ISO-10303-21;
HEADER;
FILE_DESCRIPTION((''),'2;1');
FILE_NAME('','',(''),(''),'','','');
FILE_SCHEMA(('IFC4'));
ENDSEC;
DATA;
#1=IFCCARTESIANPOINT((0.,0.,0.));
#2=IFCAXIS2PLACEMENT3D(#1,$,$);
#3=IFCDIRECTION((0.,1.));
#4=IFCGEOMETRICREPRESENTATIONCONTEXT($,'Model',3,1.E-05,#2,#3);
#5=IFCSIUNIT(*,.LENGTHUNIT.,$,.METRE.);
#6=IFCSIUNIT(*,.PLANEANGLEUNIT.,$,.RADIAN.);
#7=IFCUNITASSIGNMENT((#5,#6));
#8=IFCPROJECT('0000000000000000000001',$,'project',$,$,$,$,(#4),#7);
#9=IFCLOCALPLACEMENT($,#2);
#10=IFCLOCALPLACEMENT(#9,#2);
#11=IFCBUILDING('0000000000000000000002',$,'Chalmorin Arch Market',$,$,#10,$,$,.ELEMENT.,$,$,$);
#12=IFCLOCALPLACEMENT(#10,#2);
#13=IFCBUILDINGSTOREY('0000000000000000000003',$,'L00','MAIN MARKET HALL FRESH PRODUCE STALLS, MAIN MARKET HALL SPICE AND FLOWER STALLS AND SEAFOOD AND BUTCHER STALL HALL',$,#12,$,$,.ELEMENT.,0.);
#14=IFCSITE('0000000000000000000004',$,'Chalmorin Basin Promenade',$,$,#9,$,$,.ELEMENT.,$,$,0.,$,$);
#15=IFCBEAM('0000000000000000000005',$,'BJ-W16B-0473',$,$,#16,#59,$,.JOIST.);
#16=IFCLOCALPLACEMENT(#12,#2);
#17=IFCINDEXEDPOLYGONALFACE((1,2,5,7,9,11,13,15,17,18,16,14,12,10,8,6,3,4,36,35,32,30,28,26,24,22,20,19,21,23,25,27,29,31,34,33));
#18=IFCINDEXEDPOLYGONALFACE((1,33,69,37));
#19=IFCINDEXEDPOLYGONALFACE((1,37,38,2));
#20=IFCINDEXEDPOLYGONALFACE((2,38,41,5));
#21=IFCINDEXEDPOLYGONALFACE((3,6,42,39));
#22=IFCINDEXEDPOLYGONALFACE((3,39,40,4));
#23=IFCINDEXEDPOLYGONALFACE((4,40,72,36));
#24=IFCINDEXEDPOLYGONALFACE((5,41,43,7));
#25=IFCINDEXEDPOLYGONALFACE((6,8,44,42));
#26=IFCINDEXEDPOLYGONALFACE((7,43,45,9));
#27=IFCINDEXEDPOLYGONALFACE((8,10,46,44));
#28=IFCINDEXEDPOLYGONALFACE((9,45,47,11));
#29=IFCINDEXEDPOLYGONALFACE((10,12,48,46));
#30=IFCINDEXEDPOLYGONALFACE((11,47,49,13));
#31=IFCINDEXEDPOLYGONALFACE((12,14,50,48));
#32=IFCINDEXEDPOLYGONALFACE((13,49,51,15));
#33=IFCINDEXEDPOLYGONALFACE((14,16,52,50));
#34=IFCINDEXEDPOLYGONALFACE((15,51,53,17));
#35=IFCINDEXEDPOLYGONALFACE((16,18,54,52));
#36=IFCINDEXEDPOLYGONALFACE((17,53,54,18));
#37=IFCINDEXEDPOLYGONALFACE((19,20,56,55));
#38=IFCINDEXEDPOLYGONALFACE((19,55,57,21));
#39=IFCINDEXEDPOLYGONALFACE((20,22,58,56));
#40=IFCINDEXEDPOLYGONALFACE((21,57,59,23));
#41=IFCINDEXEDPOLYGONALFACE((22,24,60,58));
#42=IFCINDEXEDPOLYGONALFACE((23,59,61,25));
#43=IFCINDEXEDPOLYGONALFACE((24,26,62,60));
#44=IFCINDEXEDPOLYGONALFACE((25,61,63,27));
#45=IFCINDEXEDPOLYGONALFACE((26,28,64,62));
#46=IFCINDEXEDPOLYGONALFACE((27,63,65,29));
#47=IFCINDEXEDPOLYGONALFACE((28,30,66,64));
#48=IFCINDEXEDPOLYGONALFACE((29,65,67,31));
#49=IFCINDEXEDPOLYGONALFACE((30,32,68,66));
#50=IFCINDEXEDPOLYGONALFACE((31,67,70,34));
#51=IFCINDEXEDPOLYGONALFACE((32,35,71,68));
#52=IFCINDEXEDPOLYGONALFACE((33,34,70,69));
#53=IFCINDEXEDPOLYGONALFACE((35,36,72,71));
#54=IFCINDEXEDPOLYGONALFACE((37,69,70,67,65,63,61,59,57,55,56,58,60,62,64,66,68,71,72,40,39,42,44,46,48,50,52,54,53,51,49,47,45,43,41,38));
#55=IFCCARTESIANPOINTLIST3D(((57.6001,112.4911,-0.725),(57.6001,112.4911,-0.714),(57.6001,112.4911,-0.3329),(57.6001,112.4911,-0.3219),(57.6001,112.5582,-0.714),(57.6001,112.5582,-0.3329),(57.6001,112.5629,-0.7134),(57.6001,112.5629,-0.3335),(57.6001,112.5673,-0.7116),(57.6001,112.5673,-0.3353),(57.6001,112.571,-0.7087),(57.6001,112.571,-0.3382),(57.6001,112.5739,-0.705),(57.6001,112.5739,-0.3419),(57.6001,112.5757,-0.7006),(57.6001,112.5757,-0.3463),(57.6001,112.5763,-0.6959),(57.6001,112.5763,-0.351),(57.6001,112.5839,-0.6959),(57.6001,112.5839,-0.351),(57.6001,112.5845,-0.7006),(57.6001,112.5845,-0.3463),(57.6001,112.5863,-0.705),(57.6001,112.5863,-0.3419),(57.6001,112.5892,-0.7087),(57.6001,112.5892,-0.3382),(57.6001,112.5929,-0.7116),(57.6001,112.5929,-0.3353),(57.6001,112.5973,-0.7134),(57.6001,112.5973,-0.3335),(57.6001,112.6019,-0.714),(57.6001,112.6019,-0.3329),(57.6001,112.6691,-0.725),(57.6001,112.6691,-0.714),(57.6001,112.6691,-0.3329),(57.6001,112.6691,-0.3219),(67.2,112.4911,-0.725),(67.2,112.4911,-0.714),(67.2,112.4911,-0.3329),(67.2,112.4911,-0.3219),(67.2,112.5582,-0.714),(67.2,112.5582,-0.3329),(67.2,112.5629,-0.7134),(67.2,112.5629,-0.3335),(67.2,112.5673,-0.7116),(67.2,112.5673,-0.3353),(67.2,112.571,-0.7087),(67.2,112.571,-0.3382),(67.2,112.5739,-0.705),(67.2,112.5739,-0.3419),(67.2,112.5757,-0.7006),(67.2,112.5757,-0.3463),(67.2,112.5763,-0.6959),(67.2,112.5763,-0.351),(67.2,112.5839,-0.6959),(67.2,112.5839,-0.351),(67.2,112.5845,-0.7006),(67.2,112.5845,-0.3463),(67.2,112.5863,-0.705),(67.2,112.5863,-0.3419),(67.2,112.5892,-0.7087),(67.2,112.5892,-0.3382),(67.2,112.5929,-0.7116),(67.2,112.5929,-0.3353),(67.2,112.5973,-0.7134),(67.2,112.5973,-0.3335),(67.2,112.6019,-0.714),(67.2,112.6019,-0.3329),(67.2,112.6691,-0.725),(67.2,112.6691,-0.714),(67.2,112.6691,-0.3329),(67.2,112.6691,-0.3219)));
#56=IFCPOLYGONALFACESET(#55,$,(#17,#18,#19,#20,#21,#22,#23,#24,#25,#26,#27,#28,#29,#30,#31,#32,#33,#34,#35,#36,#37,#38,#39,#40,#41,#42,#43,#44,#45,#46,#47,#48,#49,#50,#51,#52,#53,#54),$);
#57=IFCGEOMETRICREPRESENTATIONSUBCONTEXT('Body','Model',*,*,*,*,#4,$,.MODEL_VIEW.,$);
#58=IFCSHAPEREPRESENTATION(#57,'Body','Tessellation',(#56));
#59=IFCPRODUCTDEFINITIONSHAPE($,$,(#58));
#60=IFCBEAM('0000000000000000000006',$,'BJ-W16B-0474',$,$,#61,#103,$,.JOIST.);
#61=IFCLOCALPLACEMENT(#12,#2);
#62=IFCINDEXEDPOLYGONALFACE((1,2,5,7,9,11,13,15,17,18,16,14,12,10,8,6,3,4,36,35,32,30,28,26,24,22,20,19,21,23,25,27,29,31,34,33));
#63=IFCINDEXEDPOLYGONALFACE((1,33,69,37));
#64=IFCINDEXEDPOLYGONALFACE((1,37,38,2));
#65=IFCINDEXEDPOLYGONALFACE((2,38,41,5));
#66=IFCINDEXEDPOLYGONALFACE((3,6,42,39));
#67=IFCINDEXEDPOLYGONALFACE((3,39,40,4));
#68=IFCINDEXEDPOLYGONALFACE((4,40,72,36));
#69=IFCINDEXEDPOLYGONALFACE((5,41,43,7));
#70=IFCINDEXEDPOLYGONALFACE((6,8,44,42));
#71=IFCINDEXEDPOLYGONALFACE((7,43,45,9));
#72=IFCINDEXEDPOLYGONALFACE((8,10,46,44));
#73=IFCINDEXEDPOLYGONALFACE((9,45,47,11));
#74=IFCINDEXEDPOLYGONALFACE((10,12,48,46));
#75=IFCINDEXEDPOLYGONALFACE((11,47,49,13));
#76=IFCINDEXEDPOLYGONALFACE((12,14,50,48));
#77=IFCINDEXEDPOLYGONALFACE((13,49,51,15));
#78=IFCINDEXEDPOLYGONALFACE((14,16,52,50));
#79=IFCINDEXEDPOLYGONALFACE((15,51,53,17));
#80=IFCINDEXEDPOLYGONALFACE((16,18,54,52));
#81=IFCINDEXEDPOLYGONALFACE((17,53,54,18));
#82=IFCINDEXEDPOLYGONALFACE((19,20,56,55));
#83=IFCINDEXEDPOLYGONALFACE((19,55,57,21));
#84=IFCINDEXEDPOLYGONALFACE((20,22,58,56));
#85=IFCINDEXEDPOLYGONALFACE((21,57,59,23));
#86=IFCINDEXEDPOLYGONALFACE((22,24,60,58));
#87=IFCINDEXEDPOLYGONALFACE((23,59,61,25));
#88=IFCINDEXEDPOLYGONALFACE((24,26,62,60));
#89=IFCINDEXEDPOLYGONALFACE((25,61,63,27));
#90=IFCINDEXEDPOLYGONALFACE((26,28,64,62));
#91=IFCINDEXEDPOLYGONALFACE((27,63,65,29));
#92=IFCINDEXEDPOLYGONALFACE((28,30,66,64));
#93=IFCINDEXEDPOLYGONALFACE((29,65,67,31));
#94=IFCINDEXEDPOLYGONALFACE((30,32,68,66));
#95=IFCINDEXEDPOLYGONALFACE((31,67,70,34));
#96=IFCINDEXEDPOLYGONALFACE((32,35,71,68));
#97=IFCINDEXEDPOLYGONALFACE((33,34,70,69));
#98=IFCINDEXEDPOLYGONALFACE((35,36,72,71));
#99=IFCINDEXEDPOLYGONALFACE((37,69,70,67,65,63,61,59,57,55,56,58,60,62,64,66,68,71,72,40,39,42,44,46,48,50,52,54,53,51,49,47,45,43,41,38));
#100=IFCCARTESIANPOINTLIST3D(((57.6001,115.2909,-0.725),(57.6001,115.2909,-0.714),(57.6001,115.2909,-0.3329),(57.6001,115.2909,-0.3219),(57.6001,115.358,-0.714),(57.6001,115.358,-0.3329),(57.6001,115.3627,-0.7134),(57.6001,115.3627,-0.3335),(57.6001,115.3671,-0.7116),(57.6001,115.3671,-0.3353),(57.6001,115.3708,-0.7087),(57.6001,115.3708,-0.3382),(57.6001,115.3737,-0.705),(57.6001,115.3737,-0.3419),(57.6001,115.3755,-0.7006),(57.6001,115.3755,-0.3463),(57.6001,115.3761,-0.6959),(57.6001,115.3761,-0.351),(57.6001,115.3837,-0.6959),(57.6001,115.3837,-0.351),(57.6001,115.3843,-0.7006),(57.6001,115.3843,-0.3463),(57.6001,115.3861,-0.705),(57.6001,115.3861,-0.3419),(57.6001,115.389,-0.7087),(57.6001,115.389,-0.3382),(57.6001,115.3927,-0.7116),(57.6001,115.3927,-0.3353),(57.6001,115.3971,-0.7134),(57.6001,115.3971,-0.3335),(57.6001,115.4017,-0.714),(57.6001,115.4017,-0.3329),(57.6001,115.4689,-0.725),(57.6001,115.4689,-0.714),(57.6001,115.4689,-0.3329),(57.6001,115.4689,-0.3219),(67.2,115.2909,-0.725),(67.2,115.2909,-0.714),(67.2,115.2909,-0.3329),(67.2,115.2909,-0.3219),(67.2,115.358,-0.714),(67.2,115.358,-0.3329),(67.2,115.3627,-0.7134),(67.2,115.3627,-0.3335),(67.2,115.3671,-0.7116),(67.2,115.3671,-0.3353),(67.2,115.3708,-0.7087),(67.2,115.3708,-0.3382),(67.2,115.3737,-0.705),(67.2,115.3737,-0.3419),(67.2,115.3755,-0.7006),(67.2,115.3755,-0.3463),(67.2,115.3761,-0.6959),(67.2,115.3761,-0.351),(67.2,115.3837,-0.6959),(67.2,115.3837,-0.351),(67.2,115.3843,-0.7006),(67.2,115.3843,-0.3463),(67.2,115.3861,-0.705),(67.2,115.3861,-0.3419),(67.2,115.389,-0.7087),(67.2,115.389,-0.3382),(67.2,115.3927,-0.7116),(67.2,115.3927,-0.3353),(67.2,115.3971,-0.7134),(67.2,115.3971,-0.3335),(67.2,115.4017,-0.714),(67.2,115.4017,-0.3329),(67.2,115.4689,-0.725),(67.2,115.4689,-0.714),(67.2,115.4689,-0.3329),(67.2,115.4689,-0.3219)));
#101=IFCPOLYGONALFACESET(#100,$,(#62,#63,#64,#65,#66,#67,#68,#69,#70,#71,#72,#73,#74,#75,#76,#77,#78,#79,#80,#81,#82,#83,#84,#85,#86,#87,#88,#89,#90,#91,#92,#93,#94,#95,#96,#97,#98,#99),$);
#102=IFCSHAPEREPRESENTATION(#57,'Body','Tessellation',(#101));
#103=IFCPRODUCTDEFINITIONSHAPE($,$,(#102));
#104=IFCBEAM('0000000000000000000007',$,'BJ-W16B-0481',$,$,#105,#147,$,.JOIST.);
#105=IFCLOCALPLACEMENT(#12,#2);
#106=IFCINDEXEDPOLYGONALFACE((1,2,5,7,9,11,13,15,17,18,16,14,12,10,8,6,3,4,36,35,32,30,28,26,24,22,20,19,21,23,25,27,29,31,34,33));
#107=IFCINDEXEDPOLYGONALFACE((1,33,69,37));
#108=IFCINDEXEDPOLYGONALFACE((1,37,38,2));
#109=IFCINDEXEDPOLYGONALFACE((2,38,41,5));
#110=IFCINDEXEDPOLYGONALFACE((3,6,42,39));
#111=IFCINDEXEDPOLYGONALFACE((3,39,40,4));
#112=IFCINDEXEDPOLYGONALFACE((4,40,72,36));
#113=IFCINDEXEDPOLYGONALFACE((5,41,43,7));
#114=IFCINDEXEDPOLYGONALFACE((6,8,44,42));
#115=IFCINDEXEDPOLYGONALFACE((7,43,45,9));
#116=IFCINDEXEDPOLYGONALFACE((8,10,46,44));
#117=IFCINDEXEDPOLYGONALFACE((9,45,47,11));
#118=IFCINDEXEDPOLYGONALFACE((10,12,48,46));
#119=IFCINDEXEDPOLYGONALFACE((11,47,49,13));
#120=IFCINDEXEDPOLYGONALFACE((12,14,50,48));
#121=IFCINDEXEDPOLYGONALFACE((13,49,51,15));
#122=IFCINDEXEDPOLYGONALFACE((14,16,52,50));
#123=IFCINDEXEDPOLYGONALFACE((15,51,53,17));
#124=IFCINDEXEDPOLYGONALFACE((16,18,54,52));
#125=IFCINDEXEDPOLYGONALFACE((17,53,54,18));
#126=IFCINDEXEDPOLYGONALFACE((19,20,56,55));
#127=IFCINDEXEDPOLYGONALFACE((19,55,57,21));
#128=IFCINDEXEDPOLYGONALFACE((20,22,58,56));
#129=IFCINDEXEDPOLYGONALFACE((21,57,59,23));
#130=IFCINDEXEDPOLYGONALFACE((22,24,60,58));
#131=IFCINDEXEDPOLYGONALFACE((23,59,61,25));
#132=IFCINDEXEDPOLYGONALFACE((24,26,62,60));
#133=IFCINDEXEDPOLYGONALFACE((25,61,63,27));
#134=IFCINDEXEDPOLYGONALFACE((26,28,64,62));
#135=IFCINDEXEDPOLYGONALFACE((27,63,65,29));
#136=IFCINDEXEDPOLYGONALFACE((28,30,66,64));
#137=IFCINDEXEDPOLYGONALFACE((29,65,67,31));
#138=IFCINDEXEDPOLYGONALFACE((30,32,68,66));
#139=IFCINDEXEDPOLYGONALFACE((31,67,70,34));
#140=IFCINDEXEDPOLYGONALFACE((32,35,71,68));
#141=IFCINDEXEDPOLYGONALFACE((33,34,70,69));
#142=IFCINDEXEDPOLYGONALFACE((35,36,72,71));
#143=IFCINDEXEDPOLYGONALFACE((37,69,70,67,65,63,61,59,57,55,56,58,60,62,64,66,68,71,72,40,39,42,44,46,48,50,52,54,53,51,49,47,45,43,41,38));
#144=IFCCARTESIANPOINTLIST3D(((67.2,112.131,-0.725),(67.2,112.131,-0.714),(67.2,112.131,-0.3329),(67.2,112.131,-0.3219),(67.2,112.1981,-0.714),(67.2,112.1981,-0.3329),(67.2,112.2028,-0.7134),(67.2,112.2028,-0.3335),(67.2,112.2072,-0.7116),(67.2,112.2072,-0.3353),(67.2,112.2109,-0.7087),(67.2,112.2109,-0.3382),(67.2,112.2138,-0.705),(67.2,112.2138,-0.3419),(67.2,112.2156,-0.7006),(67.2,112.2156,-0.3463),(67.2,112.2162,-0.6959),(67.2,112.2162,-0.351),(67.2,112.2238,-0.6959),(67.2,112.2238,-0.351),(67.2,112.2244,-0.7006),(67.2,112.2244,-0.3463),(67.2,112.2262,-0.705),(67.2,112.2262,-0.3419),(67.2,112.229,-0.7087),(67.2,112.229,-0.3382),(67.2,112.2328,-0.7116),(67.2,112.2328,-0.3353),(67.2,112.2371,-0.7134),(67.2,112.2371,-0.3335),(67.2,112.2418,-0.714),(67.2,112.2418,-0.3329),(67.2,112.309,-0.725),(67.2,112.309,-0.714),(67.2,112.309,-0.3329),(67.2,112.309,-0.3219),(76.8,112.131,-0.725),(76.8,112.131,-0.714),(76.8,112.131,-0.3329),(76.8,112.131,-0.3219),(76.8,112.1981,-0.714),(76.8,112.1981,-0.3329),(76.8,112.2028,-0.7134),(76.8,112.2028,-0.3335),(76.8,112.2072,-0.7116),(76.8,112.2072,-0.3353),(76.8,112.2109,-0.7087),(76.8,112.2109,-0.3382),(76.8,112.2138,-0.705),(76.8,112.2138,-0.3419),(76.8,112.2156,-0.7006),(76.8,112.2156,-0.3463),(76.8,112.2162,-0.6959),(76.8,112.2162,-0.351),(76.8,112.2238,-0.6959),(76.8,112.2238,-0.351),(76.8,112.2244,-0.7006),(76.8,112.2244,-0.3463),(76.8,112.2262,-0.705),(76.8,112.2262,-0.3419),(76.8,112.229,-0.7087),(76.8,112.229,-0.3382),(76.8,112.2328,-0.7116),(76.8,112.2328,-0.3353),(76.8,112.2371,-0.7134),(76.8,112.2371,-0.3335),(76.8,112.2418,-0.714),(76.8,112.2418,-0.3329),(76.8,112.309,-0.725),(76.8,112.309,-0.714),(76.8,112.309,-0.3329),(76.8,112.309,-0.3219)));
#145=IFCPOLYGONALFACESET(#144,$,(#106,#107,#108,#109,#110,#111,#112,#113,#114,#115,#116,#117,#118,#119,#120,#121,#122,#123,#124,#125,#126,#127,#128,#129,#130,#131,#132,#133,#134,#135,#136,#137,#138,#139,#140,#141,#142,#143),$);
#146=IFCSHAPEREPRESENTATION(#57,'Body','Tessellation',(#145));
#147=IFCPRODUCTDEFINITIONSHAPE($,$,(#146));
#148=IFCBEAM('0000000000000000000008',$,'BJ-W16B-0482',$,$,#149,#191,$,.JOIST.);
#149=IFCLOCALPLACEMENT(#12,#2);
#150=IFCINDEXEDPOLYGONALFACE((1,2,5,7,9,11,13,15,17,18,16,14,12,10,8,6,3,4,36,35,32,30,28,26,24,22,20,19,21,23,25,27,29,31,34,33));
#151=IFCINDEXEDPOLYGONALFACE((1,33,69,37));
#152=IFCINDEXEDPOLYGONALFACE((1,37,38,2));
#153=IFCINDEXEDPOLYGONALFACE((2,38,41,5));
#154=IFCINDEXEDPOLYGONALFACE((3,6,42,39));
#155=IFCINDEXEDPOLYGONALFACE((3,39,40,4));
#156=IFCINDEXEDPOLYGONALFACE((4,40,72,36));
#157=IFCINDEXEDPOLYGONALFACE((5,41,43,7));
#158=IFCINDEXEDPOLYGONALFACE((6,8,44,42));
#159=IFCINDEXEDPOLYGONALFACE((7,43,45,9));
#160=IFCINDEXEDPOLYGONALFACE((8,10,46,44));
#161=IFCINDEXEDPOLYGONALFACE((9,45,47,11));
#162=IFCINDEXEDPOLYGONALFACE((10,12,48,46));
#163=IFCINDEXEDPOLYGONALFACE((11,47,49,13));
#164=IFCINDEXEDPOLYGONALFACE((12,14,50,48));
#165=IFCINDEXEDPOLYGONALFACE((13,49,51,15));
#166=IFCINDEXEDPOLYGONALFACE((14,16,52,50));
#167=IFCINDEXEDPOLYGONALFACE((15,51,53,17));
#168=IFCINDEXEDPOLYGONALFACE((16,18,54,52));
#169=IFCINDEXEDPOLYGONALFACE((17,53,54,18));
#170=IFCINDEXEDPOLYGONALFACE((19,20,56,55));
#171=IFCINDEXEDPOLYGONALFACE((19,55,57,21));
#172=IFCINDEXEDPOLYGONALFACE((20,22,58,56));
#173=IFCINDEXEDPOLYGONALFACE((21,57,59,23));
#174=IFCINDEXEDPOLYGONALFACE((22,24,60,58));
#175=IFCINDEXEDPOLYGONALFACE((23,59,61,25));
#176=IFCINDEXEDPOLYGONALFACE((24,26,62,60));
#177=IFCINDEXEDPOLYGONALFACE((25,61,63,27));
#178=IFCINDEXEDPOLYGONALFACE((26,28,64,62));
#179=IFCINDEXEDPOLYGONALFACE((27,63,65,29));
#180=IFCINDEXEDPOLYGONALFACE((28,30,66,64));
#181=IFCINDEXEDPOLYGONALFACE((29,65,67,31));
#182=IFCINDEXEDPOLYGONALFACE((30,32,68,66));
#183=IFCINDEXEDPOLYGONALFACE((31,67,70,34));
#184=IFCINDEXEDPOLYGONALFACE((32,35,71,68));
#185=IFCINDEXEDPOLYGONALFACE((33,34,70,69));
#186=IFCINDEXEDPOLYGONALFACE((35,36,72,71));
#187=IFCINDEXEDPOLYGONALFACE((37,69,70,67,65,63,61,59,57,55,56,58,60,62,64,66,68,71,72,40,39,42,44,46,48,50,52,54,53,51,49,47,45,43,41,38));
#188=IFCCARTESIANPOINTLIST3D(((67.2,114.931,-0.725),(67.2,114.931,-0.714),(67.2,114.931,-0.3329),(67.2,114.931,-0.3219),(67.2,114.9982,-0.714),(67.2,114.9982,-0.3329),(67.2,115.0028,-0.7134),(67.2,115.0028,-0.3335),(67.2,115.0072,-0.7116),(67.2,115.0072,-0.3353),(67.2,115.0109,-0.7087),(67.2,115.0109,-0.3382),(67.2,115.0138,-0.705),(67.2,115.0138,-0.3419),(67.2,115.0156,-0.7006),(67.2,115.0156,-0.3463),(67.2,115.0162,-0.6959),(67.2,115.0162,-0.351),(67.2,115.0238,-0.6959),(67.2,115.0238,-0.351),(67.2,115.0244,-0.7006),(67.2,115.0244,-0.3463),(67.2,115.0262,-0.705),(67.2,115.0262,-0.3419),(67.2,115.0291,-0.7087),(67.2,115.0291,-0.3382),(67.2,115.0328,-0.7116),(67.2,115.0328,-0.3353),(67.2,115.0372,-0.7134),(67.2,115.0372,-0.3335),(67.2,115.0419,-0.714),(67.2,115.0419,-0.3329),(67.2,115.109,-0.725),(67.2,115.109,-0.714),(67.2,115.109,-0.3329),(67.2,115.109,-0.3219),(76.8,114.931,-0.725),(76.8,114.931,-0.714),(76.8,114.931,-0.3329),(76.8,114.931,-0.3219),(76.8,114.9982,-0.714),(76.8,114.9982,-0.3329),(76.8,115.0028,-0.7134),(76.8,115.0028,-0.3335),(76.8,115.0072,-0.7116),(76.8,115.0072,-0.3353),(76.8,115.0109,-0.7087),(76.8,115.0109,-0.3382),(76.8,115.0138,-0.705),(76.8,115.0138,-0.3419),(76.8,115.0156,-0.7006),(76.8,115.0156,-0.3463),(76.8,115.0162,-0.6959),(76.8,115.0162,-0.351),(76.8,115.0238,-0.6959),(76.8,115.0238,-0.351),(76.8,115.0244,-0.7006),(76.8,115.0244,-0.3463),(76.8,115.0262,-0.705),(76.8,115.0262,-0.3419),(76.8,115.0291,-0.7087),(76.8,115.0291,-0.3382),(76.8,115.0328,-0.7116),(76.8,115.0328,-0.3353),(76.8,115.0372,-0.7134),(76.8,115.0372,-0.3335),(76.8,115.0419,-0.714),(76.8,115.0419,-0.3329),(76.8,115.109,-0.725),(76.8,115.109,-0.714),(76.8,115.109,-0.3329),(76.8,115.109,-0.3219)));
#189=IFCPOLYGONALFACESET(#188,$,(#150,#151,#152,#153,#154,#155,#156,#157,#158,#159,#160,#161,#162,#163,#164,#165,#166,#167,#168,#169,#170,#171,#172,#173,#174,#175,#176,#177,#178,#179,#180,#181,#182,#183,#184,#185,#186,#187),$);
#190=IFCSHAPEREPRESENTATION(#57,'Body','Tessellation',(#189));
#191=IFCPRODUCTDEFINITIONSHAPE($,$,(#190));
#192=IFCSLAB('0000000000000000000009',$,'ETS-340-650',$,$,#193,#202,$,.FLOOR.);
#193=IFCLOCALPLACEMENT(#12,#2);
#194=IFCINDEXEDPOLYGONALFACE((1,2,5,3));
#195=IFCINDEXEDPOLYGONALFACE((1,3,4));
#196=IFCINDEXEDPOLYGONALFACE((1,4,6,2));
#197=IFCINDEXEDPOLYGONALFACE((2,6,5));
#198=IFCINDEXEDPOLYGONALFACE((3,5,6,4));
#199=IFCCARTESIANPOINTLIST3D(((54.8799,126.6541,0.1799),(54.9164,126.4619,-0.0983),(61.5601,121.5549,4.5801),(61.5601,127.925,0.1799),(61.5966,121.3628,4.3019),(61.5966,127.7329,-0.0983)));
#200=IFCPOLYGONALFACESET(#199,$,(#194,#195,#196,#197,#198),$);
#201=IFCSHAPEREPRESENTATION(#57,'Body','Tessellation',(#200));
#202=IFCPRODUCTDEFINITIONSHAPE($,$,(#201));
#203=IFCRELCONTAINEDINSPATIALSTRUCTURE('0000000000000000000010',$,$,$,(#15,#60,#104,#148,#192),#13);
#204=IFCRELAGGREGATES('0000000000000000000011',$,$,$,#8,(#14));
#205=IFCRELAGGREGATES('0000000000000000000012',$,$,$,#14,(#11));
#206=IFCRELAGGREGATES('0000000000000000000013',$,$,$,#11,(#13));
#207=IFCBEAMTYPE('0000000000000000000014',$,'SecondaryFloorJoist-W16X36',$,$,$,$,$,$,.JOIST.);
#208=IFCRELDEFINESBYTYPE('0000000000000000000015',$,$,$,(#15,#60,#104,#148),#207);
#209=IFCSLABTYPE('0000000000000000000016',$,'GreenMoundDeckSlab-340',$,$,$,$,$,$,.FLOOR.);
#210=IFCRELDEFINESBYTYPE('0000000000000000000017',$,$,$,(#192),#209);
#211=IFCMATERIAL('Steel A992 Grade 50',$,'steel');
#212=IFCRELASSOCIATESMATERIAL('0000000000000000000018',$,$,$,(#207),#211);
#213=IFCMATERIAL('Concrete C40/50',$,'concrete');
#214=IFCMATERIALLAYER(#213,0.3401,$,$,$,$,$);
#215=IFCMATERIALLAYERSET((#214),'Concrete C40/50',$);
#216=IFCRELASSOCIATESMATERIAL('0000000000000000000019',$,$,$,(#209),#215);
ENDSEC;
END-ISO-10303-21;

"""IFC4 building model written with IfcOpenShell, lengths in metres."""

from ifc_helpers import new_model, si_unit, direction, frame, origin, origin_2d, place, context, subcontext, project, spatial, polyline, i_section, outline, extrude, material, layer, layer_set, material_profile, profile_set, type_object, element, save


model = new_model("IFC4")

# Units and contexts
model_context = context("Model", 3, precision=1e-05, world=origin(), true_north=direction((0.0, 1.0)))
body_context = subcontext(model_context, "Body", "Model", "MODEL_VIEW")
ifc_project = project(units=[si_unit("LENGTHUNIT", "METRE"), si_unit("PLANEANGLEUNIT", "RADIAN")], contexts=[model_context])

# Site, building, storey
site_placement = place(None, origin())
site = spatial("IfcSite", under=ifc_project, at=site_placement, Name="Chalmorin Basin Promenade", CompositionType="ELEMENT", RefElevation=0.0)
building_placement = place(site_placement, origin())
building = spatial("IfcBuilding", under=site, at=building_placement, Name="Chalmorin Arch Market", CompositionType="ELEMENT")
storey_placement = place(building_placement, origin())
storey = spatial("IfcBuildingStorey", under=building, at=storey_placement, Name="L00", Description="MAIN MARKET HALL FRESH PRODUCE STALLS, MAIN MARKET HALL SPICE AND FLOWER STALLS AND SEAFOOD AND BUTCHER STALL HALL", CompositionType="ELEMENT", Elevation=0.0)

# Shared definitions
ifc_material_1 = material(Name="Concrete C40/50", Category="concrete")

# Beams
ifc_material_2 = material(Name="Steel A992 Grade 50", Category="steel")
ifc_material_profile_1 = material_profile(ifc_material_2, i_section(OverallWidth=0.178, OverallDepth=0.4031, WebThickness=0.0076, FlangeThickness=0.011, FilletRadius=0.0181, at=origin_2d()), Name="W16X36")
ifc_profile_set_1 = profile_set([ifc_material_profile_1], Name="Steel A992 Grade 50")
beam_type_1 = type_object("IfcBeamType", Name="SecondaryFloorJoist-W16X36", PredefinedType="JOIST", material=ifc_profile_set_1)
for number, where, z_axis, x_axis, name in (
    (1, (57.6001, 112.5801, -0.5234), (1.0, 0.0, 0.0), (0.0, 1.0, 0.0), "BJ-W16B-0473"),
    (2, (57.6001, 115.3799, -0.5234), (1.0, 0.0, 0.0), (0.0, 1.0, 0.0), "BJ-W16B-0474"),
):
    element("IfcBeam", number, at=place(storey_placement, frame(where, z_axis=z_axis, x_axis=x_axis)), inside=storey, type_object=beam_type_1, Name=name, PredefinedType="JOIST", context=body_context, shape_type="SweptSolid", body=[
        extrude(i_section(OverallWidth=0.178, OverallDepth=0.4031, WebThickness=0.0076, FlangeThickness=0.011, FilletRadius=0.0181, at=origin_2d()), origin(), (0.0, 0.0, 1.0), 9.5999),
    ])
for number, where, z_axis, x_axis, name in (
    (3, (67.2, 112.22, -0.5234), (1.0, 0.0, 0.0), (0.0, 1.0, 0.0), "BJ-W16B-0481"),
    (4, (67.2, 115.02, -0.5234), (1.0, 0.0, 0.0), (0.0, 1.0, 0.0), "BJ-W16B-0482"),
):
    element("IfcBeam", number, at=place(storey_placement, frame(where, z_axis=z_axis, x_axis=x_axis)), inside=storey, type_object=beam_type_1, Name=name, PredefinedType="JOIST", context=body_context, shape_type="SweptSolid", body=[
        extrude(i_section(OverallWidth=0.178, OverallDepth=0.4031, WebThickness=0.0076, FlangeThickness=0.011, FilletRadius=0.0181, at=origin_2d()), origin(), (0.0, 0.0, 1.0), 9.6001),
    ])

# Slab
ifc_layer_1 = layer(ifc_material_1, 0.3401)
ifc_layer_set_1 = layer_set([ifc_layer_1], Name="Concrete C40/50")
slab_type = type_object("IfcSlabType", Name="GreenMoundDeckSlab-340", PredefinedType="FLOOR", material=ifc_layer_set_1)
slab_1_placement = place(storey_placement, frame((61.5601, 121.5549, 4.5801), z_axis=(-0.107508, 0.565048, 0.818024), x_axis=(0.0, 0.822792, -0.568342)))
element("IfcSlab", 5, at=slab_1_placement, inside=storey, type_object=slab_type, Name="ETS-340-650", PredefinedType="FLOOR", context=body_context, shape_type="SweptSolid", body=[
    extrude(outline(polyline([(0.0, 0.0), (7.7421, 0.0), (6.6963, 6.7191), (0.0, 0.0)])), origin(), (0.0, 0.0, -1.0), 0.3401),
])

save(model, "model.ifc")
